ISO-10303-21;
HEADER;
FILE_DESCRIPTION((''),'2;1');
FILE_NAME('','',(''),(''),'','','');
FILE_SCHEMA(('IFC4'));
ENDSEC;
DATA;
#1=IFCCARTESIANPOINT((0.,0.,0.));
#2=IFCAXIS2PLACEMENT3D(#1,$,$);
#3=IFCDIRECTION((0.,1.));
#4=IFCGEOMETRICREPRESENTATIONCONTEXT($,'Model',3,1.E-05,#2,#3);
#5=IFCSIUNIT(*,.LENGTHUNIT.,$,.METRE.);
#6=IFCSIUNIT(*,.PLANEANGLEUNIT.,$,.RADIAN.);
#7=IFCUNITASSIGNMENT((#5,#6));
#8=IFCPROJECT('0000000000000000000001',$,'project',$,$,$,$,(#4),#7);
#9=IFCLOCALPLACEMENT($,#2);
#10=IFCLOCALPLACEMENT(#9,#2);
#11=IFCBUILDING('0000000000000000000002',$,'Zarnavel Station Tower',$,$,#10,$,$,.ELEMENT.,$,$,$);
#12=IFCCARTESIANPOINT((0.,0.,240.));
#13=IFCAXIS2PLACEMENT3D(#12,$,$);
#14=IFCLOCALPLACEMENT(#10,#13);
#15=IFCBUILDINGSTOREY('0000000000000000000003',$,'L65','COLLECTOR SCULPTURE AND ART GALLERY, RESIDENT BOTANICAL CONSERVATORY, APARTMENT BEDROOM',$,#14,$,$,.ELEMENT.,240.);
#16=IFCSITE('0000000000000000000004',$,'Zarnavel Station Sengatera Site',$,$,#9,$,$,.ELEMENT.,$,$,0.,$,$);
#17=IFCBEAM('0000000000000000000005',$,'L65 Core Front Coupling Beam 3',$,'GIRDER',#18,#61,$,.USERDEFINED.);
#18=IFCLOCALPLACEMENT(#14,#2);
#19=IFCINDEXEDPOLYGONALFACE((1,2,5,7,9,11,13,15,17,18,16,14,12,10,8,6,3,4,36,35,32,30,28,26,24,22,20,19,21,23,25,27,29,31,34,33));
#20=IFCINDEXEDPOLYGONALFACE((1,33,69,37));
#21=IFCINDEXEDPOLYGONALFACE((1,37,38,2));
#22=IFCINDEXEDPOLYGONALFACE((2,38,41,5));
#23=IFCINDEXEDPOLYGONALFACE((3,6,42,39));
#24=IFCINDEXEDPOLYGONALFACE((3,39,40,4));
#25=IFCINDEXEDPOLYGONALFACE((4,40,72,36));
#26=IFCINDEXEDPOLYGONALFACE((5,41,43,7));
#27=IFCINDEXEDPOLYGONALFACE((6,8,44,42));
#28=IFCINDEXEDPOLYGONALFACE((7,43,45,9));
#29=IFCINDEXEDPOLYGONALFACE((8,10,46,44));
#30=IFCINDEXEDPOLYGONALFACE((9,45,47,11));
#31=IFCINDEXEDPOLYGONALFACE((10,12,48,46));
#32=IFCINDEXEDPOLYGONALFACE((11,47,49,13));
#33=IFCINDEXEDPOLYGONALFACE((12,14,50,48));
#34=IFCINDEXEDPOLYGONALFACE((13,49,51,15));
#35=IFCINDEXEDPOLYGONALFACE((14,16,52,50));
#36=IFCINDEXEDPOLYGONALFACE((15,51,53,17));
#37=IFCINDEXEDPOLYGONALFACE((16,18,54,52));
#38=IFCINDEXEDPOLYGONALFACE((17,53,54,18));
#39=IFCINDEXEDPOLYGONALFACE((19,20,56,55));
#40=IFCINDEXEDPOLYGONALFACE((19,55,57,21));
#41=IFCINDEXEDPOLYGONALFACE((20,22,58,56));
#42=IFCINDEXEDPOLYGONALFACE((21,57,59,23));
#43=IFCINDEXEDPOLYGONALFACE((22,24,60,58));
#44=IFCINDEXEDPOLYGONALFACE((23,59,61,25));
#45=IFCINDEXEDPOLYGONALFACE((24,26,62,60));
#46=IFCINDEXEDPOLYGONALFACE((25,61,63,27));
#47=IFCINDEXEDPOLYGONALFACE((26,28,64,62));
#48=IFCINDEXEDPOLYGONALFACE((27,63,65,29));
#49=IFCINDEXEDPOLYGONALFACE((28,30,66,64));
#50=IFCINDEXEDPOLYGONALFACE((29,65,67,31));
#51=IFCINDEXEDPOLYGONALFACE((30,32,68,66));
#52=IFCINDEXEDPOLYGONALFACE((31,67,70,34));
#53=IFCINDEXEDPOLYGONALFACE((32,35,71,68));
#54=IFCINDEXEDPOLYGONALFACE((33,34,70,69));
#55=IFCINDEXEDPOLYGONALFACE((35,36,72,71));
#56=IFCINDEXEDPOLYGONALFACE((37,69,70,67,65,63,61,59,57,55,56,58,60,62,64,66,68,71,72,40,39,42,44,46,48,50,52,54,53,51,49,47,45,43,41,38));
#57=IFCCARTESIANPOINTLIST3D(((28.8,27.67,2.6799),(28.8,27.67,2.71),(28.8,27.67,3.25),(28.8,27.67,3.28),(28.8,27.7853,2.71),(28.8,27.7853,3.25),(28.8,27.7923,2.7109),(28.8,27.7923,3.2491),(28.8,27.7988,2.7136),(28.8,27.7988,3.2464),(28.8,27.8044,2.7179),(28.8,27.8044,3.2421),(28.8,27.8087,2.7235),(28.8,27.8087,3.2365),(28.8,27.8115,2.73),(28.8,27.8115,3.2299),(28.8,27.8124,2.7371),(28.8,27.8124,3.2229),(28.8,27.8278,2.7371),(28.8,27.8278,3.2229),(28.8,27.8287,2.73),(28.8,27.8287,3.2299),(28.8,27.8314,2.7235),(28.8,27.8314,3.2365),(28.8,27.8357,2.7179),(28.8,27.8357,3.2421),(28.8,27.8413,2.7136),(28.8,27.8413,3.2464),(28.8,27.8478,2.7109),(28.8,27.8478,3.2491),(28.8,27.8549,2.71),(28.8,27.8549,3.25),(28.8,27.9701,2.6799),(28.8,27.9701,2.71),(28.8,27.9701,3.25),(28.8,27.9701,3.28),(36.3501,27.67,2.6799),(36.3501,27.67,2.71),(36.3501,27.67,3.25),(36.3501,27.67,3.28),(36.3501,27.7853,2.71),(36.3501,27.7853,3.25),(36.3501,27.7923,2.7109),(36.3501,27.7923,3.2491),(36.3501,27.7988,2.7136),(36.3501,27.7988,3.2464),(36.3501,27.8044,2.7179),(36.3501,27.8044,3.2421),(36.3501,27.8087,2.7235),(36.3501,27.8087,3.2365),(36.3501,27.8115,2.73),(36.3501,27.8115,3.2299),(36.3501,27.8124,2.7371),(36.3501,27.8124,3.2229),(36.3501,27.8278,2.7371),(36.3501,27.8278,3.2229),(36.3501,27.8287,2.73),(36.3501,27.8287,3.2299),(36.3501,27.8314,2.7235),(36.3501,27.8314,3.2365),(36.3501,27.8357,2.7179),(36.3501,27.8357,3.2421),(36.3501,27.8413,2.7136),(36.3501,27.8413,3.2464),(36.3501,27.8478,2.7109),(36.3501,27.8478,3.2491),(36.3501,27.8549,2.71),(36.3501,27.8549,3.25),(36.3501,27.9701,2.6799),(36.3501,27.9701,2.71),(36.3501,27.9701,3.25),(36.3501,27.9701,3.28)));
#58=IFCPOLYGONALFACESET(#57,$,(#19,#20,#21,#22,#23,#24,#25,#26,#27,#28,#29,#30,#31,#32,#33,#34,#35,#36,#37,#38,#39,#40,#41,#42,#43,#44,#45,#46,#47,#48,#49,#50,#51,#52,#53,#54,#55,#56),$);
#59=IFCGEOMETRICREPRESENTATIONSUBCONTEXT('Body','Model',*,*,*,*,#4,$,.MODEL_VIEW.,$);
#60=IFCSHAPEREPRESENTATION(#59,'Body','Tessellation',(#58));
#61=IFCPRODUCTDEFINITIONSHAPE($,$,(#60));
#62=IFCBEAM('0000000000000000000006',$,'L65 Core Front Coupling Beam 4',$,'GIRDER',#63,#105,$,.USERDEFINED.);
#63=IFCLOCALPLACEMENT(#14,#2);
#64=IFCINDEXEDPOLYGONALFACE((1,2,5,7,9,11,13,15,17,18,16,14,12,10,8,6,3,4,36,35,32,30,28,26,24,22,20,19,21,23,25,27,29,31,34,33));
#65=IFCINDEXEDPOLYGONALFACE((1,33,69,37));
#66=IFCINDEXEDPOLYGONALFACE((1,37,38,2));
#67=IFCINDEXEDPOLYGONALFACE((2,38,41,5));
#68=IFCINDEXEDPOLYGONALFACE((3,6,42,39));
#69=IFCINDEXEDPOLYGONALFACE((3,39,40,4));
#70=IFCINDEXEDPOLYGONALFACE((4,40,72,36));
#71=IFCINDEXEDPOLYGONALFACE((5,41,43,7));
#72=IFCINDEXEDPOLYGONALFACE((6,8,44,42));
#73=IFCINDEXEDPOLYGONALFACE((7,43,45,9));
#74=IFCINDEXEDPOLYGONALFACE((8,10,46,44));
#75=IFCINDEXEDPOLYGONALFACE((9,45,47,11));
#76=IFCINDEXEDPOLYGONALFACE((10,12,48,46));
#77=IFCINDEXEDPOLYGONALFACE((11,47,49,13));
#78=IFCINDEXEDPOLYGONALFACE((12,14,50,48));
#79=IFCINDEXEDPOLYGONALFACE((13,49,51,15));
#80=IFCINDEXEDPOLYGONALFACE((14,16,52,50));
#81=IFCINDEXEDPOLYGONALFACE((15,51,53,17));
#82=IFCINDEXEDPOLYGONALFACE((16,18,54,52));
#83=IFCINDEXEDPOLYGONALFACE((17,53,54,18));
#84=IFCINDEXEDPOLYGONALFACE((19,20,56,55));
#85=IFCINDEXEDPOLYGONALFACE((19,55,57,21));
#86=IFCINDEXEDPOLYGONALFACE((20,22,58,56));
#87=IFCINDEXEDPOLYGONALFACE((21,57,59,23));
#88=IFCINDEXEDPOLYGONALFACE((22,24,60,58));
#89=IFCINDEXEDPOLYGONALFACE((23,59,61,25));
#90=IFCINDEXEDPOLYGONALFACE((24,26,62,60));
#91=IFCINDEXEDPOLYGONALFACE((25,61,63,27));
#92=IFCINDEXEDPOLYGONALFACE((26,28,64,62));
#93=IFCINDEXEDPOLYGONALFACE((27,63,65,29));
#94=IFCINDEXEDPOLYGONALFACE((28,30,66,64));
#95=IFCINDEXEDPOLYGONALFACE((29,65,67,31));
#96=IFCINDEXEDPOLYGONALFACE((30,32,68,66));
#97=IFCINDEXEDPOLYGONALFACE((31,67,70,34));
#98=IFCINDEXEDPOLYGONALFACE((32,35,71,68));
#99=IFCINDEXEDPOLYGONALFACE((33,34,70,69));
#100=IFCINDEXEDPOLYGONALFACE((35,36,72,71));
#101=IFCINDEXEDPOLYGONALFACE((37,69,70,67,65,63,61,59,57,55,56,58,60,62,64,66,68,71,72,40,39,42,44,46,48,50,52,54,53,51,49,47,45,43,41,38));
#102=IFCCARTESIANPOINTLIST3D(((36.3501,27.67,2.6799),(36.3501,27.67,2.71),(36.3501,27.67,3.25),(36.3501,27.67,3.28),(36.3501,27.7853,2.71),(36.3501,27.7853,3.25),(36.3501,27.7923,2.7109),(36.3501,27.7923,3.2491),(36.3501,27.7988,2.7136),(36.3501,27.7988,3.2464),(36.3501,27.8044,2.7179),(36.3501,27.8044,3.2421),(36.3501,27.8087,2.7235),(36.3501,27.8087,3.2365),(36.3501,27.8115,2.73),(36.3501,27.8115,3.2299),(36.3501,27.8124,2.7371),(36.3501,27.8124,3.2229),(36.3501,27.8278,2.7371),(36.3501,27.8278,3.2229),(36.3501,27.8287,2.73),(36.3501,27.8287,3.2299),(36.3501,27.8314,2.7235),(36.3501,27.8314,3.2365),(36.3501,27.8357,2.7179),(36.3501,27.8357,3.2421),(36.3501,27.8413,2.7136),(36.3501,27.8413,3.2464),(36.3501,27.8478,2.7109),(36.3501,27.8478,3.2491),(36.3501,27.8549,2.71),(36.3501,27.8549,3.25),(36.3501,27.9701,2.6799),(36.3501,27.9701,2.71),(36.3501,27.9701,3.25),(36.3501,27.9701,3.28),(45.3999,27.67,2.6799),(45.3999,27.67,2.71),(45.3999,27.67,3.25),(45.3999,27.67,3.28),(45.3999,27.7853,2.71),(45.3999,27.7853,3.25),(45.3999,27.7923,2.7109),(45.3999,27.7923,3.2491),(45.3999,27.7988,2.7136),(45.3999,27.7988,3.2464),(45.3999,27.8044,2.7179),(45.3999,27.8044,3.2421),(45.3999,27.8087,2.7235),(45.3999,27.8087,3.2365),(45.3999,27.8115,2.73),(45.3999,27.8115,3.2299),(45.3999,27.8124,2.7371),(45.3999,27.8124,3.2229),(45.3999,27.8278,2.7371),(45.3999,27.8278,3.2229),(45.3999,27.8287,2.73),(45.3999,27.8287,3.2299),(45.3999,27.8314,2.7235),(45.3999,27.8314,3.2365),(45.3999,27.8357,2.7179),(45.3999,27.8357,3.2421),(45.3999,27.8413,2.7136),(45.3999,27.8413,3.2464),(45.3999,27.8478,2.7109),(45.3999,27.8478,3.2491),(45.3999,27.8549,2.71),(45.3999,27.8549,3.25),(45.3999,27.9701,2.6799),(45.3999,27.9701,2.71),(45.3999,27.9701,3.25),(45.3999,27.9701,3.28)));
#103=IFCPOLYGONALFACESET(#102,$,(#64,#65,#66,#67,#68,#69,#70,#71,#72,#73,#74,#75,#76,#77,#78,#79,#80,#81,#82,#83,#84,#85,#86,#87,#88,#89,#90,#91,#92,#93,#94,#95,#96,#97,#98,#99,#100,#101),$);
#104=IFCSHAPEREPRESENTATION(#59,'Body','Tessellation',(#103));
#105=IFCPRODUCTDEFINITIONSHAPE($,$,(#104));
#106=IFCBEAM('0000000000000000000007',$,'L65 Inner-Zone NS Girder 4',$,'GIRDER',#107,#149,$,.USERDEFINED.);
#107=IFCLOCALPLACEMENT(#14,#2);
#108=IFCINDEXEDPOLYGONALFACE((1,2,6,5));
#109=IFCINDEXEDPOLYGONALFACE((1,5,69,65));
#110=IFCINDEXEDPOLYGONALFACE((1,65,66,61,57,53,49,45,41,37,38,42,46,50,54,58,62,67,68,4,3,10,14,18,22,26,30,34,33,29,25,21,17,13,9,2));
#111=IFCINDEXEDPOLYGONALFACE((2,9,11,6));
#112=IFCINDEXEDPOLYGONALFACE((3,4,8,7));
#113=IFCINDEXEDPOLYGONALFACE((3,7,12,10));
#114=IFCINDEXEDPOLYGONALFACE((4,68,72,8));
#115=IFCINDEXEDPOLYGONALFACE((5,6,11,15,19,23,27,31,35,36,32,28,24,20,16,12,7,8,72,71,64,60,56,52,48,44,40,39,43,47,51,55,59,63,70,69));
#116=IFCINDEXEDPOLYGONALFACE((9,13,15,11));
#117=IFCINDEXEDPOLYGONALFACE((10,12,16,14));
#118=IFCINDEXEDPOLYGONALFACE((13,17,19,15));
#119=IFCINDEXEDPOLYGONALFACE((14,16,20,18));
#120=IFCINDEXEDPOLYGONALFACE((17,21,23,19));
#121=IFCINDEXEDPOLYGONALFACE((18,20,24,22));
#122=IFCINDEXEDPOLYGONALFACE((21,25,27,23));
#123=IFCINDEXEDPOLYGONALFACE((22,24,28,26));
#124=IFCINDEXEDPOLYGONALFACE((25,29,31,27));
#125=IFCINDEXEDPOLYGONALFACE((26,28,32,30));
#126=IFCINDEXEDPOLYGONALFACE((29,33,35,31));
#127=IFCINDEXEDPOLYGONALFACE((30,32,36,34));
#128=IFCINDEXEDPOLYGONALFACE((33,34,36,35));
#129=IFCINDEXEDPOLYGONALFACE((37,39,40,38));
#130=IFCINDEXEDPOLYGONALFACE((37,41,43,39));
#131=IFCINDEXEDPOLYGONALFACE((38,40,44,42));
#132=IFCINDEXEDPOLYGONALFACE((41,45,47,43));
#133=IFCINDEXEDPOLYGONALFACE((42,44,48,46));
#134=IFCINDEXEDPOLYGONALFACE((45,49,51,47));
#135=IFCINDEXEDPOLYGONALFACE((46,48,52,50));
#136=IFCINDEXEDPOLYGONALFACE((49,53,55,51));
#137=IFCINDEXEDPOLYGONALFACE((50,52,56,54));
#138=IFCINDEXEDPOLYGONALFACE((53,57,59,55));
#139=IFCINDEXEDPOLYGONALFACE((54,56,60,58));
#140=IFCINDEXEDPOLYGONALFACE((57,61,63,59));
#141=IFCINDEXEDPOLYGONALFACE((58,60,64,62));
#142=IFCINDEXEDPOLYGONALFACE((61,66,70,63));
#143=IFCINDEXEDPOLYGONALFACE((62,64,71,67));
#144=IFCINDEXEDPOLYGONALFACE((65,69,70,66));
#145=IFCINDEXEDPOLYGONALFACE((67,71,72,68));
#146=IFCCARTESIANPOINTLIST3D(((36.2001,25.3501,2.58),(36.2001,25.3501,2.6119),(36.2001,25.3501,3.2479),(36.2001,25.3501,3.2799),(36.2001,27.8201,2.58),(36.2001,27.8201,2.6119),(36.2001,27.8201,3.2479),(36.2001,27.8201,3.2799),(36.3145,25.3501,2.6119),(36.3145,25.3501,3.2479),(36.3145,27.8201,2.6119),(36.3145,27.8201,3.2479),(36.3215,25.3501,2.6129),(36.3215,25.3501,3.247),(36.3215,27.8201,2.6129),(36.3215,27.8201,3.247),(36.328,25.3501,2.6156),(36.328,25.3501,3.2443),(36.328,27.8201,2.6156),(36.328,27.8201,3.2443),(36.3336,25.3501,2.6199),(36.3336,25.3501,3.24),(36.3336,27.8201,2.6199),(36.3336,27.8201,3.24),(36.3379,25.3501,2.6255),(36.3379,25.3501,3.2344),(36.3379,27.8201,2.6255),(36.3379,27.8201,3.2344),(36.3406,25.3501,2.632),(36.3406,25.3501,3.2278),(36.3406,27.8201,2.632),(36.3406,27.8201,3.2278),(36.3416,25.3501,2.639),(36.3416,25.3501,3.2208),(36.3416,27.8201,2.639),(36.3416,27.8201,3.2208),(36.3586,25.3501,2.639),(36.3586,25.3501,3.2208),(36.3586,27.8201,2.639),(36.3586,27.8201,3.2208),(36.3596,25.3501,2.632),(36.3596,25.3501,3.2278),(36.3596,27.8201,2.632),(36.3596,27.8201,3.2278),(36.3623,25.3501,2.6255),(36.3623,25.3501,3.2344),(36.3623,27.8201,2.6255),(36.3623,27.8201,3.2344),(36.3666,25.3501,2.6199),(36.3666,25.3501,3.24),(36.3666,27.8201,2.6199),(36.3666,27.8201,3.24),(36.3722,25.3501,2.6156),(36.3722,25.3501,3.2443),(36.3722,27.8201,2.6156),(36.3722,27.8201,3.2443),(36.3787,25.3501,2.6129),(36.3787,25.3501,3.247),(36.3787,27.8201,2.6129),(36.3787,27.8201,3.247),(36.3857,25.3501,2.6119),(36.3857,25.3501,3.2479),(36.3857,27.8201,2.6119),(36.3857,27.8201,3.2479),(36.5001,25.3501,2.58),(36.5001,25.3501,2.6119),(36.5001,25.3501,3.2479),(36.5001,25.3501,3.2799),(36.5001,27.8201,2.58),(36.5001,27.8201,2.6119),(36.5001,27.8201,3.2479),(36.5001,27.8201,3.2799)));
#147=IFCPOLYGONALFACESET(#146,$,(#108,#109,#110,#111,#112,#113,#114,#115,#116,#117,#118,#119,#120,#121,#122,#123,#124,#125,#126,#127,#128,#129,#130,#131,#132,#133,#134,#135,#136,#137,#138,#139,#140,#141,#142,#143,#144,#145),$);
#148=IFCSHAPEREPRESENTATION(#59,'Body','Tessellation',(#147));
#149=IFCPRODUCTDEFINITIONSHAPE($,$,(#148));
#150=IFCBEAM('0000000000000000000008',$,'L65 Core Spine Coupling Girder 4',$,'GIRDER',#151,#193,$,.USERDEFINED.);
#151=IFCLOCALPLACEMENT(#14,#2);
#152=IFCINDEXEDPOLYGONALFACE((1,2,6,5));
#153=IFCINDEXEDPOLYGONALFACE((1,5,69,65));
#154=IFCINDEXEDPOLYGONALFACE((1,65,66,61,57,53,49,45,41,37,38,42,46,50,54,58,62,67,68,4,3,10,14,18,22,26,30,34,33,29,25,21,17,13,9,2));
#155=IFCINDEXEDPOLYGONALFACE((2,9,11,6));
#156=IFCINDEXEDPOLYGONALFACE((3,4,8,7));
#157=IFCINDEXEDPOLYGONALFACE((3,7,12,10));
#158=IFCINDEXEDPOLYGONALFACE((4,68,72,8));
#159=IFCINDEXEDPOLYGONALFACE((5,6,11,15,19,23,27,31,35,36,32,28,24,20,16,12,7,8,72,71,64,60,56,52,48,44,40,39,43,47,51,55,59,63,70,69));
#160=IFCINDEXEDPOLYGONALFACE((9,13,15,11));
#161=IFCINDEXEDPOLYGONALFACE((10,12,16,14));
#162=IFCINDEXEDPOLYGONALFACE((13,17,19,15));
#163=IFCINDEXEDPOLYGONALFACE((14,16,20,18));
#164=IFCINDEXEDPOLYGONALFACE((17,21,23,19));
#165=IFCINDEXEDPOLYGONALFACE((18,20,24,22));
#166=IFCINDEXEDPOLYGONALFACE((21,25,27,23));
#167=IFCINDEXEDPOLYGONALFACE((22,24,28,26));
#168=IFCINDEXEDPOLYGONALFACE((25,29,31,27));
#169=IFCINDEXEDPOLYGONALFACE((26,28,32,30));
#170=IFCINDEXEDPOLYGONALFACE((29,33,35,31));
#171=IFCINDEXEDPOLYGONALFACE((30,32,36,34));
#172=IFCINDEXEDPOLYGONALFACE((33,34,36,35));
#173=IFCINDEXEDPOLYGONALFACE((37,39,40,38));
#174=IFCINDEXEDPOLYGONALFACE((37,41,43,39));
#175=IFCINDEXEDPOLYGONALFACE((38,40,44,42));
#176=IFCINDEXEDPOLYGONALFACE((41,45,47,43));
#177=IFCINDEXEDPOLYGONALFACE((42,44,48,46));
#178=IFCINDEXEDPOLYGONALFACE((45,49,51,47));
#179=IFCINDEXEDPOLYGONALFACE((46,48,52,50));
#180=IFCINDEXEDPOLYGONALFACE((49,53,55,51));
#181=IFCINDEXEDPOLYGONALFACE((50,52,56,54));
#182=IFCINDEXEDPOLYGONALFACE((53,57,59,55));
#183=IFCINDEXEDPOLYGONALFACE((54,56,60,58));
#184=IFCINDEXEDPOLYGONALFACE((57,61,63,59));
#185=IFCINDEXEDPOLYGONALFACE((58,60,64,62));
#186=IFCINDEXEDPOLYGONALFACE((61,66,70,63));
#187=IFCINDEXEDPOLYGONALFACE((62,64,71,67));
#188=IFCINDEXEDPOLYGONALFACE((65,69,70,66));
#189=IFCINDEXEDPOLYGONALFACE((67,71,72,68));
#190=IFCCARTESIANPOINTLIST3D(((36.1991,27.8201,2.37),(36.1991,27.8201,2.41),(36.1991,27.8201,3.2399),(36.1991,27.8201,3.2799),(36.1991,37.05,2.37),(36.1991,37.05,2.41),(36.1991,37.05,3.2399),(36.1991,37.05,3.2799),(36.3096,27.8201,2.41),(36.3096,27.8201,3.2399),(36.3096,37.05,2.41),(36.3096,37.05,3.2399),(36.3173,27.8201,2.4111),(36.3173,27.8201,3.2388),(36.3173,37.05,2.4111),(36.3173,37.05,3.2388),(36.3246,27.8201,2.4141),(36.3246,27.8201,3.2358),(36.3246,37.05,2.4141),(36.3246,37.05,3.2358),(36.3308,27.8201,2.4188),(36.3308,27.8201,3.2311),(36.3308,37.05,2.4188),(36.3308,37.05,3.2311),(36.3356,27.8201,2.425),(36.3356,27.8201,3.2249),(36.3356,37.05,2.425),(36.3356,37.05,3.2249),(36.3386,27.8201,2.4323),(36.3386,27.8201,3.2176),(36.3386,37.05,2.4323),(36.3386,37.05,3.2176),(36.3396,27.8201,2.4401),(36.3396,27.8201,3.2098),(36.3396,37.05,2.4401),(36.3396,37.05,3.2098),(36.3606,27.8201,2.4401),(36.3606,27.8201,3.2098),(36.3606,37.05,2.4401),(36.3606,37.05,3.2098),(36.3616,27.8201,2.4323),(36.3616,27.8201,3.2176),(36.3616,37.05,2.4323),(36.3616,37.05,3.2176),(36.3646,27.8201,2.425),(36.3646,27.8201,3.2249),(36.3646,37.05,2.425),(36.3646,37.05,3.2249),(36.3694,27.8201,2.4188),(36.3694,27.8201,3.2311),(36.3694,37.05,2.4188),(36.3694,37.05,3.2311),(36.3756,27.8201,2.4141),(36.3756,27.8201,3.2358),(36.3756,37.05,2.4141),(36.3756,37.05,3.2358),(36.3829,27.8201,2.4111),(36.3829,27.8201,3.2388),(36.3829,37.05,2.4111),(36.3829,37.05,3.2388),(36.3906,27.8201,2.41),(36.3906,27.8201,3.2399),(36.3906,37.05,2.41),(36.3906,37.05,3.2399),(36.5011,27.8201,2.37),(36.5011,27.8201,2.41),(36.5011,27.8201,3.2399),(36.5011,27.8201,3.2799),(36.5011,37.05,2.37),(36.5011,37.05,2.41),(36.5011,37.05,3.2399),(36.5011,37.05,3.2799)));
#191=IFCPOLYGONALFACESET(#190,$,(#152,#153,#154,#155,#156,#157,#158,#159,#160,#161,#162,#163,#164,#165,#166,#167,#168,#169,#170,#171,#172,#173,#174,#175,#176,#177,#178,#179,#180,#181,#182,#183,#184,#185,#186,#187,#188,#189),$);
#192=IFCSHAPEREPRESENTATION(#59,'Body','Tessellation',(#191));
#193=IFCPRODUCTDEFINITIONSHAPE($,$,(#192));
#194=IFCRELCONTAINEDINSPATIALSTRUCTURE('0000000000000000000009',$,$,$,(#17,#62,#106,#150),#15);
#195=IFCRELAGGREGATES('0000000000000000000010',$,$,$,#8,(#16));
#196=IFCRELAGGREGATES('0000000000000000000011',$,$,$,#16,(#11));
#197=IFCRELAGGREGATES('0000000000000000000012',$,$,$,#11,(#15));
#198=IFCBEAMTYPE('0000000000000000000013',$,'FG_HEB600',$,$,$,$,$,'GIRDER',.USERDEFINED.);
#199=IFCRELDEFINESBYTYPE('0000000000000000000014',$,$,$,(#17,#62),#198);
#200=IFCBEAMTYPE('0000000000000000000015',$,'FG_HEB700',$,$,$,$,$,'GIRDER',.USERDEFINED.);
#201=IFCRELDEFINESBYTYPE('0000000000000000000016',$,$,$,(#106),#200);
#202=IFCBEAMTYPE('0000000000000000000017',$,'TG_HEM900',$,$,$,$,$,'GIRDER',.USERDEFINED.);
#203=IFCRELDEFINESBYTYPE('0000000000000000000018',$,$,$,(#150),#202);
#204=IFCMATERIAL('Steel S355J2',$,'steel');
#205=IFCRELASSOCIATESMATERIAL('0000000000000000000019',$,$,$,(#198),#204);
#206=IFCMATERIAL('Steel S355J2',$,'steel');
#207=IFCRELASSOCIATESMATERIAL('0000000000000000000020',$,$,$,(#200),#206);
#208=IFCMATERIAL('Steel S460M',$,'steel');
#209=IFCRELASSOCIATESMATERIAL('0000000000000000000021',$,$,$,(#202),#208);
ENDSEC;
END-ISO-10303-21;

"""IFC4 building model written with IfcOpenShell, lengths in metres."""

from ifc_helpers import new_model, si_unit, direction, frame, origin, origin_2d, place, context, subcontext, project, spatial, i_section, extrude, material, material_profile, profile_set, type_object, element, save


model = new_model("IFC4")

# Units and contexts
model_context = context("Model", 3, precision=1e-05, world=origin(), true_north=direction((0.0, 1.0)))
body_context = subcontext(model_context, "Body", "Model", "MODEL_VIEW")
ifc_project = project(units=[si_unit("LENGTHUNIT", "METRE"), si_unit("PLANEANGLEUNIT", "RADIAN")], contexts=[model_context])

# Site, building, storey
site_placement = place(None, origin())
site = spatial("IfcSite", under=ifc_project, at=site_placement, Name="Zarnavel Station Sengatera Site", CompositionType="ELEMENT", RefElevation=0.0)
building_placement = place(site_placement, origin())
building = spatial("IfcBuilding", under=site, at=building_placement, Name="Zarnavel Station Tower", CompositionType="ELEMENT")
storey_placement = place(building_placement, frame((0.0, 0.0, 240.0)))
storey = spatial("IfcBuildingStorey", under=building, at=storey_placement, Name="L65", Description="COLLECTOR SCULPTURE AND ART GALLERY, RESIDENT BOTANICAL CONSERVATORY, APARTMENT BEDROOM", CompositionType="ELEMENT", Elevation=240.0)

# Beams
ifc_material_1 = material(Name="Steel S355J2", Category="steel")
ifc_material_profile_1 = material_profile(ifc_material_1, i_section(OverallWidth=0.3, OverallDepth=0.6001, WebThickness=0.0154, FlangeThickness=0.03, FilletRadius=0.0271, at=origin_2d()), Name="HEB600")
ifc_profile_set_1 = profile_set([ifc_material_profile_1], Name="Steel S355J2")
beam_type_1 = type_object("IfcBeamType", Name="FG_HEB600", ElementType="GIRDER", PredefinedType="USERDEFINED", material=ifc_profile_set_1)
beam_1_placement = place(storey_placement, frame((28.8, 27.8201, 2.98), z_axis=(1.0, 0.0, 0.0), x_axis=(0.0, 1.0, 0.0)))
element("IfcBeam", 1, at=beam_1_placement, inside=storey, type_object=beam_type_1, Name="L65 Core Front Coupling Beam 3", ObjectType="GIRDER", PredefinedType="USERDEFINED", context=body_context, shape_type="SweptSolid", body=[
    extrude(i_section(OverallWidth=0.3, OverallDepth=0.6001, WebThickness=0.0154, FlangeThickness=0.03, FilletRadius=0.0271, at=origin_2d()), origin(), (0.0, 0.0, 1.0), 7.55),
])
beam_2_placement = place(storey_placement, frame((36.3501, 27.8201, 2.98), z_axis=(1.0, 0.0, 0.0), x_axis=(0.0, 1.0, 0.0)))
element("IfcBeam", 2, at=beam_2_placement, inside=storey, type_object=beam_type_1, Name="L65 Core Front Coupling Beam 4", ObjectType="GIRDER", PredefinedType="USERDEFINED", context=body_context, shape_type="SweptSolid", body=[
    extrude(i_section(OverallWidth=0.3, OverallDepth=0.6001, WebThickness=0.0154, FlangeThickness=0.03, FilletRadius=0.0271, at=origin_2d()), origin(), (0.0, 0.0, 1.0), 9.0498),
])
ifc_material_2 = material(Name="Steel S355J2", Category="steel")
ifc_material_profile_2 = material_profile(ifc_material_2, i_section(OverallWidth=0.3, OverallDepth=0.7, WebThickness=0.0171, FlangeThickness=0.032, FilletRadius=0.0271, at=origin_2d()), Name="HEB700")
ifc_profile_set_2 = profile_set([ifc_material_profile_2], Name="Steel S355J2")
beam_type_2 = type_object("IfcBeamType", Name="FG_HEB700", ElementType="GIRDER", PredefinedType="USERDEFINED", material=ifc_profile_set_2)
beam_3_placement = place(storey_placement, frame((36.3501, 25.3501, 2.9299), z_axis=(0.0, 1.0, 0.0), x_axis=(-1.0, 0.0, 0.0)))
element("IfcBeam", 3, at=beam_3_placement, inside=storey, type_object=beam_type_2, Name="L65 Inner-Zone NS Girder 4", ObjectType="GIRDER", PredefinedType="USERDEFINED", context=body_context, shape_type="SweptSolid", body=[
    extrude(i_section(OverallWidth=0.3, OverallDepth=0.7, WebThickness=0.0171, FlangeThickness=0.032, FilletRadius=0.0271, at=origin_2d()), origin(), (0.0, 0.0, 1.0), 2.47),
])
ifc_material_3 = material(Name="Steel S460M", Category="steel")
ifc_material_profile_3 = material_profile(ifc_material_3, i_section(OverallWidth=0.302, OverallDepth=0.9099, WebThickness=0.021, FlangeThickness=0.04, FilletRadius=0.03, at=origin_2d()), Name="HEM900")
ifc_profile_set_3 = profile_set([ifc_material_profile_3], Name="Steel S460M")
beam_type_3 = type_object("IfcBeamType", Name="TG_HEM900", ElementType="GIRDER", PredefinedType="USERDEFINED", material=ifc_profile_set_3)
beam_4_placement = place(storey_placement, frame((36.3501, 27.8201, 2.825), z_axis=(0.0, 1.0, 0.0), x_axis=(-1.0, 0.0, 0.0)))
element("IfcBeam", 4, at=beam_4_placement, inside=storey, type_object=beam_type_3, Name="L65 Core Spine Coupling Girder 4", ObjectType="GIRDER", PredefinedType="USERDEFINED", context=body_context, shape_type="SweptSolid", body=[
    extrude(i_section(OverallWidth=0.302, OverallDepth=0.9099, WebThickness=0.021, FlangeThickness=0.04, FilletRadius=0.03, at=origin_2d()), origin(), (0.0, 0.0, 1.0), 9.23),
])

save(model, "model.ifc")
